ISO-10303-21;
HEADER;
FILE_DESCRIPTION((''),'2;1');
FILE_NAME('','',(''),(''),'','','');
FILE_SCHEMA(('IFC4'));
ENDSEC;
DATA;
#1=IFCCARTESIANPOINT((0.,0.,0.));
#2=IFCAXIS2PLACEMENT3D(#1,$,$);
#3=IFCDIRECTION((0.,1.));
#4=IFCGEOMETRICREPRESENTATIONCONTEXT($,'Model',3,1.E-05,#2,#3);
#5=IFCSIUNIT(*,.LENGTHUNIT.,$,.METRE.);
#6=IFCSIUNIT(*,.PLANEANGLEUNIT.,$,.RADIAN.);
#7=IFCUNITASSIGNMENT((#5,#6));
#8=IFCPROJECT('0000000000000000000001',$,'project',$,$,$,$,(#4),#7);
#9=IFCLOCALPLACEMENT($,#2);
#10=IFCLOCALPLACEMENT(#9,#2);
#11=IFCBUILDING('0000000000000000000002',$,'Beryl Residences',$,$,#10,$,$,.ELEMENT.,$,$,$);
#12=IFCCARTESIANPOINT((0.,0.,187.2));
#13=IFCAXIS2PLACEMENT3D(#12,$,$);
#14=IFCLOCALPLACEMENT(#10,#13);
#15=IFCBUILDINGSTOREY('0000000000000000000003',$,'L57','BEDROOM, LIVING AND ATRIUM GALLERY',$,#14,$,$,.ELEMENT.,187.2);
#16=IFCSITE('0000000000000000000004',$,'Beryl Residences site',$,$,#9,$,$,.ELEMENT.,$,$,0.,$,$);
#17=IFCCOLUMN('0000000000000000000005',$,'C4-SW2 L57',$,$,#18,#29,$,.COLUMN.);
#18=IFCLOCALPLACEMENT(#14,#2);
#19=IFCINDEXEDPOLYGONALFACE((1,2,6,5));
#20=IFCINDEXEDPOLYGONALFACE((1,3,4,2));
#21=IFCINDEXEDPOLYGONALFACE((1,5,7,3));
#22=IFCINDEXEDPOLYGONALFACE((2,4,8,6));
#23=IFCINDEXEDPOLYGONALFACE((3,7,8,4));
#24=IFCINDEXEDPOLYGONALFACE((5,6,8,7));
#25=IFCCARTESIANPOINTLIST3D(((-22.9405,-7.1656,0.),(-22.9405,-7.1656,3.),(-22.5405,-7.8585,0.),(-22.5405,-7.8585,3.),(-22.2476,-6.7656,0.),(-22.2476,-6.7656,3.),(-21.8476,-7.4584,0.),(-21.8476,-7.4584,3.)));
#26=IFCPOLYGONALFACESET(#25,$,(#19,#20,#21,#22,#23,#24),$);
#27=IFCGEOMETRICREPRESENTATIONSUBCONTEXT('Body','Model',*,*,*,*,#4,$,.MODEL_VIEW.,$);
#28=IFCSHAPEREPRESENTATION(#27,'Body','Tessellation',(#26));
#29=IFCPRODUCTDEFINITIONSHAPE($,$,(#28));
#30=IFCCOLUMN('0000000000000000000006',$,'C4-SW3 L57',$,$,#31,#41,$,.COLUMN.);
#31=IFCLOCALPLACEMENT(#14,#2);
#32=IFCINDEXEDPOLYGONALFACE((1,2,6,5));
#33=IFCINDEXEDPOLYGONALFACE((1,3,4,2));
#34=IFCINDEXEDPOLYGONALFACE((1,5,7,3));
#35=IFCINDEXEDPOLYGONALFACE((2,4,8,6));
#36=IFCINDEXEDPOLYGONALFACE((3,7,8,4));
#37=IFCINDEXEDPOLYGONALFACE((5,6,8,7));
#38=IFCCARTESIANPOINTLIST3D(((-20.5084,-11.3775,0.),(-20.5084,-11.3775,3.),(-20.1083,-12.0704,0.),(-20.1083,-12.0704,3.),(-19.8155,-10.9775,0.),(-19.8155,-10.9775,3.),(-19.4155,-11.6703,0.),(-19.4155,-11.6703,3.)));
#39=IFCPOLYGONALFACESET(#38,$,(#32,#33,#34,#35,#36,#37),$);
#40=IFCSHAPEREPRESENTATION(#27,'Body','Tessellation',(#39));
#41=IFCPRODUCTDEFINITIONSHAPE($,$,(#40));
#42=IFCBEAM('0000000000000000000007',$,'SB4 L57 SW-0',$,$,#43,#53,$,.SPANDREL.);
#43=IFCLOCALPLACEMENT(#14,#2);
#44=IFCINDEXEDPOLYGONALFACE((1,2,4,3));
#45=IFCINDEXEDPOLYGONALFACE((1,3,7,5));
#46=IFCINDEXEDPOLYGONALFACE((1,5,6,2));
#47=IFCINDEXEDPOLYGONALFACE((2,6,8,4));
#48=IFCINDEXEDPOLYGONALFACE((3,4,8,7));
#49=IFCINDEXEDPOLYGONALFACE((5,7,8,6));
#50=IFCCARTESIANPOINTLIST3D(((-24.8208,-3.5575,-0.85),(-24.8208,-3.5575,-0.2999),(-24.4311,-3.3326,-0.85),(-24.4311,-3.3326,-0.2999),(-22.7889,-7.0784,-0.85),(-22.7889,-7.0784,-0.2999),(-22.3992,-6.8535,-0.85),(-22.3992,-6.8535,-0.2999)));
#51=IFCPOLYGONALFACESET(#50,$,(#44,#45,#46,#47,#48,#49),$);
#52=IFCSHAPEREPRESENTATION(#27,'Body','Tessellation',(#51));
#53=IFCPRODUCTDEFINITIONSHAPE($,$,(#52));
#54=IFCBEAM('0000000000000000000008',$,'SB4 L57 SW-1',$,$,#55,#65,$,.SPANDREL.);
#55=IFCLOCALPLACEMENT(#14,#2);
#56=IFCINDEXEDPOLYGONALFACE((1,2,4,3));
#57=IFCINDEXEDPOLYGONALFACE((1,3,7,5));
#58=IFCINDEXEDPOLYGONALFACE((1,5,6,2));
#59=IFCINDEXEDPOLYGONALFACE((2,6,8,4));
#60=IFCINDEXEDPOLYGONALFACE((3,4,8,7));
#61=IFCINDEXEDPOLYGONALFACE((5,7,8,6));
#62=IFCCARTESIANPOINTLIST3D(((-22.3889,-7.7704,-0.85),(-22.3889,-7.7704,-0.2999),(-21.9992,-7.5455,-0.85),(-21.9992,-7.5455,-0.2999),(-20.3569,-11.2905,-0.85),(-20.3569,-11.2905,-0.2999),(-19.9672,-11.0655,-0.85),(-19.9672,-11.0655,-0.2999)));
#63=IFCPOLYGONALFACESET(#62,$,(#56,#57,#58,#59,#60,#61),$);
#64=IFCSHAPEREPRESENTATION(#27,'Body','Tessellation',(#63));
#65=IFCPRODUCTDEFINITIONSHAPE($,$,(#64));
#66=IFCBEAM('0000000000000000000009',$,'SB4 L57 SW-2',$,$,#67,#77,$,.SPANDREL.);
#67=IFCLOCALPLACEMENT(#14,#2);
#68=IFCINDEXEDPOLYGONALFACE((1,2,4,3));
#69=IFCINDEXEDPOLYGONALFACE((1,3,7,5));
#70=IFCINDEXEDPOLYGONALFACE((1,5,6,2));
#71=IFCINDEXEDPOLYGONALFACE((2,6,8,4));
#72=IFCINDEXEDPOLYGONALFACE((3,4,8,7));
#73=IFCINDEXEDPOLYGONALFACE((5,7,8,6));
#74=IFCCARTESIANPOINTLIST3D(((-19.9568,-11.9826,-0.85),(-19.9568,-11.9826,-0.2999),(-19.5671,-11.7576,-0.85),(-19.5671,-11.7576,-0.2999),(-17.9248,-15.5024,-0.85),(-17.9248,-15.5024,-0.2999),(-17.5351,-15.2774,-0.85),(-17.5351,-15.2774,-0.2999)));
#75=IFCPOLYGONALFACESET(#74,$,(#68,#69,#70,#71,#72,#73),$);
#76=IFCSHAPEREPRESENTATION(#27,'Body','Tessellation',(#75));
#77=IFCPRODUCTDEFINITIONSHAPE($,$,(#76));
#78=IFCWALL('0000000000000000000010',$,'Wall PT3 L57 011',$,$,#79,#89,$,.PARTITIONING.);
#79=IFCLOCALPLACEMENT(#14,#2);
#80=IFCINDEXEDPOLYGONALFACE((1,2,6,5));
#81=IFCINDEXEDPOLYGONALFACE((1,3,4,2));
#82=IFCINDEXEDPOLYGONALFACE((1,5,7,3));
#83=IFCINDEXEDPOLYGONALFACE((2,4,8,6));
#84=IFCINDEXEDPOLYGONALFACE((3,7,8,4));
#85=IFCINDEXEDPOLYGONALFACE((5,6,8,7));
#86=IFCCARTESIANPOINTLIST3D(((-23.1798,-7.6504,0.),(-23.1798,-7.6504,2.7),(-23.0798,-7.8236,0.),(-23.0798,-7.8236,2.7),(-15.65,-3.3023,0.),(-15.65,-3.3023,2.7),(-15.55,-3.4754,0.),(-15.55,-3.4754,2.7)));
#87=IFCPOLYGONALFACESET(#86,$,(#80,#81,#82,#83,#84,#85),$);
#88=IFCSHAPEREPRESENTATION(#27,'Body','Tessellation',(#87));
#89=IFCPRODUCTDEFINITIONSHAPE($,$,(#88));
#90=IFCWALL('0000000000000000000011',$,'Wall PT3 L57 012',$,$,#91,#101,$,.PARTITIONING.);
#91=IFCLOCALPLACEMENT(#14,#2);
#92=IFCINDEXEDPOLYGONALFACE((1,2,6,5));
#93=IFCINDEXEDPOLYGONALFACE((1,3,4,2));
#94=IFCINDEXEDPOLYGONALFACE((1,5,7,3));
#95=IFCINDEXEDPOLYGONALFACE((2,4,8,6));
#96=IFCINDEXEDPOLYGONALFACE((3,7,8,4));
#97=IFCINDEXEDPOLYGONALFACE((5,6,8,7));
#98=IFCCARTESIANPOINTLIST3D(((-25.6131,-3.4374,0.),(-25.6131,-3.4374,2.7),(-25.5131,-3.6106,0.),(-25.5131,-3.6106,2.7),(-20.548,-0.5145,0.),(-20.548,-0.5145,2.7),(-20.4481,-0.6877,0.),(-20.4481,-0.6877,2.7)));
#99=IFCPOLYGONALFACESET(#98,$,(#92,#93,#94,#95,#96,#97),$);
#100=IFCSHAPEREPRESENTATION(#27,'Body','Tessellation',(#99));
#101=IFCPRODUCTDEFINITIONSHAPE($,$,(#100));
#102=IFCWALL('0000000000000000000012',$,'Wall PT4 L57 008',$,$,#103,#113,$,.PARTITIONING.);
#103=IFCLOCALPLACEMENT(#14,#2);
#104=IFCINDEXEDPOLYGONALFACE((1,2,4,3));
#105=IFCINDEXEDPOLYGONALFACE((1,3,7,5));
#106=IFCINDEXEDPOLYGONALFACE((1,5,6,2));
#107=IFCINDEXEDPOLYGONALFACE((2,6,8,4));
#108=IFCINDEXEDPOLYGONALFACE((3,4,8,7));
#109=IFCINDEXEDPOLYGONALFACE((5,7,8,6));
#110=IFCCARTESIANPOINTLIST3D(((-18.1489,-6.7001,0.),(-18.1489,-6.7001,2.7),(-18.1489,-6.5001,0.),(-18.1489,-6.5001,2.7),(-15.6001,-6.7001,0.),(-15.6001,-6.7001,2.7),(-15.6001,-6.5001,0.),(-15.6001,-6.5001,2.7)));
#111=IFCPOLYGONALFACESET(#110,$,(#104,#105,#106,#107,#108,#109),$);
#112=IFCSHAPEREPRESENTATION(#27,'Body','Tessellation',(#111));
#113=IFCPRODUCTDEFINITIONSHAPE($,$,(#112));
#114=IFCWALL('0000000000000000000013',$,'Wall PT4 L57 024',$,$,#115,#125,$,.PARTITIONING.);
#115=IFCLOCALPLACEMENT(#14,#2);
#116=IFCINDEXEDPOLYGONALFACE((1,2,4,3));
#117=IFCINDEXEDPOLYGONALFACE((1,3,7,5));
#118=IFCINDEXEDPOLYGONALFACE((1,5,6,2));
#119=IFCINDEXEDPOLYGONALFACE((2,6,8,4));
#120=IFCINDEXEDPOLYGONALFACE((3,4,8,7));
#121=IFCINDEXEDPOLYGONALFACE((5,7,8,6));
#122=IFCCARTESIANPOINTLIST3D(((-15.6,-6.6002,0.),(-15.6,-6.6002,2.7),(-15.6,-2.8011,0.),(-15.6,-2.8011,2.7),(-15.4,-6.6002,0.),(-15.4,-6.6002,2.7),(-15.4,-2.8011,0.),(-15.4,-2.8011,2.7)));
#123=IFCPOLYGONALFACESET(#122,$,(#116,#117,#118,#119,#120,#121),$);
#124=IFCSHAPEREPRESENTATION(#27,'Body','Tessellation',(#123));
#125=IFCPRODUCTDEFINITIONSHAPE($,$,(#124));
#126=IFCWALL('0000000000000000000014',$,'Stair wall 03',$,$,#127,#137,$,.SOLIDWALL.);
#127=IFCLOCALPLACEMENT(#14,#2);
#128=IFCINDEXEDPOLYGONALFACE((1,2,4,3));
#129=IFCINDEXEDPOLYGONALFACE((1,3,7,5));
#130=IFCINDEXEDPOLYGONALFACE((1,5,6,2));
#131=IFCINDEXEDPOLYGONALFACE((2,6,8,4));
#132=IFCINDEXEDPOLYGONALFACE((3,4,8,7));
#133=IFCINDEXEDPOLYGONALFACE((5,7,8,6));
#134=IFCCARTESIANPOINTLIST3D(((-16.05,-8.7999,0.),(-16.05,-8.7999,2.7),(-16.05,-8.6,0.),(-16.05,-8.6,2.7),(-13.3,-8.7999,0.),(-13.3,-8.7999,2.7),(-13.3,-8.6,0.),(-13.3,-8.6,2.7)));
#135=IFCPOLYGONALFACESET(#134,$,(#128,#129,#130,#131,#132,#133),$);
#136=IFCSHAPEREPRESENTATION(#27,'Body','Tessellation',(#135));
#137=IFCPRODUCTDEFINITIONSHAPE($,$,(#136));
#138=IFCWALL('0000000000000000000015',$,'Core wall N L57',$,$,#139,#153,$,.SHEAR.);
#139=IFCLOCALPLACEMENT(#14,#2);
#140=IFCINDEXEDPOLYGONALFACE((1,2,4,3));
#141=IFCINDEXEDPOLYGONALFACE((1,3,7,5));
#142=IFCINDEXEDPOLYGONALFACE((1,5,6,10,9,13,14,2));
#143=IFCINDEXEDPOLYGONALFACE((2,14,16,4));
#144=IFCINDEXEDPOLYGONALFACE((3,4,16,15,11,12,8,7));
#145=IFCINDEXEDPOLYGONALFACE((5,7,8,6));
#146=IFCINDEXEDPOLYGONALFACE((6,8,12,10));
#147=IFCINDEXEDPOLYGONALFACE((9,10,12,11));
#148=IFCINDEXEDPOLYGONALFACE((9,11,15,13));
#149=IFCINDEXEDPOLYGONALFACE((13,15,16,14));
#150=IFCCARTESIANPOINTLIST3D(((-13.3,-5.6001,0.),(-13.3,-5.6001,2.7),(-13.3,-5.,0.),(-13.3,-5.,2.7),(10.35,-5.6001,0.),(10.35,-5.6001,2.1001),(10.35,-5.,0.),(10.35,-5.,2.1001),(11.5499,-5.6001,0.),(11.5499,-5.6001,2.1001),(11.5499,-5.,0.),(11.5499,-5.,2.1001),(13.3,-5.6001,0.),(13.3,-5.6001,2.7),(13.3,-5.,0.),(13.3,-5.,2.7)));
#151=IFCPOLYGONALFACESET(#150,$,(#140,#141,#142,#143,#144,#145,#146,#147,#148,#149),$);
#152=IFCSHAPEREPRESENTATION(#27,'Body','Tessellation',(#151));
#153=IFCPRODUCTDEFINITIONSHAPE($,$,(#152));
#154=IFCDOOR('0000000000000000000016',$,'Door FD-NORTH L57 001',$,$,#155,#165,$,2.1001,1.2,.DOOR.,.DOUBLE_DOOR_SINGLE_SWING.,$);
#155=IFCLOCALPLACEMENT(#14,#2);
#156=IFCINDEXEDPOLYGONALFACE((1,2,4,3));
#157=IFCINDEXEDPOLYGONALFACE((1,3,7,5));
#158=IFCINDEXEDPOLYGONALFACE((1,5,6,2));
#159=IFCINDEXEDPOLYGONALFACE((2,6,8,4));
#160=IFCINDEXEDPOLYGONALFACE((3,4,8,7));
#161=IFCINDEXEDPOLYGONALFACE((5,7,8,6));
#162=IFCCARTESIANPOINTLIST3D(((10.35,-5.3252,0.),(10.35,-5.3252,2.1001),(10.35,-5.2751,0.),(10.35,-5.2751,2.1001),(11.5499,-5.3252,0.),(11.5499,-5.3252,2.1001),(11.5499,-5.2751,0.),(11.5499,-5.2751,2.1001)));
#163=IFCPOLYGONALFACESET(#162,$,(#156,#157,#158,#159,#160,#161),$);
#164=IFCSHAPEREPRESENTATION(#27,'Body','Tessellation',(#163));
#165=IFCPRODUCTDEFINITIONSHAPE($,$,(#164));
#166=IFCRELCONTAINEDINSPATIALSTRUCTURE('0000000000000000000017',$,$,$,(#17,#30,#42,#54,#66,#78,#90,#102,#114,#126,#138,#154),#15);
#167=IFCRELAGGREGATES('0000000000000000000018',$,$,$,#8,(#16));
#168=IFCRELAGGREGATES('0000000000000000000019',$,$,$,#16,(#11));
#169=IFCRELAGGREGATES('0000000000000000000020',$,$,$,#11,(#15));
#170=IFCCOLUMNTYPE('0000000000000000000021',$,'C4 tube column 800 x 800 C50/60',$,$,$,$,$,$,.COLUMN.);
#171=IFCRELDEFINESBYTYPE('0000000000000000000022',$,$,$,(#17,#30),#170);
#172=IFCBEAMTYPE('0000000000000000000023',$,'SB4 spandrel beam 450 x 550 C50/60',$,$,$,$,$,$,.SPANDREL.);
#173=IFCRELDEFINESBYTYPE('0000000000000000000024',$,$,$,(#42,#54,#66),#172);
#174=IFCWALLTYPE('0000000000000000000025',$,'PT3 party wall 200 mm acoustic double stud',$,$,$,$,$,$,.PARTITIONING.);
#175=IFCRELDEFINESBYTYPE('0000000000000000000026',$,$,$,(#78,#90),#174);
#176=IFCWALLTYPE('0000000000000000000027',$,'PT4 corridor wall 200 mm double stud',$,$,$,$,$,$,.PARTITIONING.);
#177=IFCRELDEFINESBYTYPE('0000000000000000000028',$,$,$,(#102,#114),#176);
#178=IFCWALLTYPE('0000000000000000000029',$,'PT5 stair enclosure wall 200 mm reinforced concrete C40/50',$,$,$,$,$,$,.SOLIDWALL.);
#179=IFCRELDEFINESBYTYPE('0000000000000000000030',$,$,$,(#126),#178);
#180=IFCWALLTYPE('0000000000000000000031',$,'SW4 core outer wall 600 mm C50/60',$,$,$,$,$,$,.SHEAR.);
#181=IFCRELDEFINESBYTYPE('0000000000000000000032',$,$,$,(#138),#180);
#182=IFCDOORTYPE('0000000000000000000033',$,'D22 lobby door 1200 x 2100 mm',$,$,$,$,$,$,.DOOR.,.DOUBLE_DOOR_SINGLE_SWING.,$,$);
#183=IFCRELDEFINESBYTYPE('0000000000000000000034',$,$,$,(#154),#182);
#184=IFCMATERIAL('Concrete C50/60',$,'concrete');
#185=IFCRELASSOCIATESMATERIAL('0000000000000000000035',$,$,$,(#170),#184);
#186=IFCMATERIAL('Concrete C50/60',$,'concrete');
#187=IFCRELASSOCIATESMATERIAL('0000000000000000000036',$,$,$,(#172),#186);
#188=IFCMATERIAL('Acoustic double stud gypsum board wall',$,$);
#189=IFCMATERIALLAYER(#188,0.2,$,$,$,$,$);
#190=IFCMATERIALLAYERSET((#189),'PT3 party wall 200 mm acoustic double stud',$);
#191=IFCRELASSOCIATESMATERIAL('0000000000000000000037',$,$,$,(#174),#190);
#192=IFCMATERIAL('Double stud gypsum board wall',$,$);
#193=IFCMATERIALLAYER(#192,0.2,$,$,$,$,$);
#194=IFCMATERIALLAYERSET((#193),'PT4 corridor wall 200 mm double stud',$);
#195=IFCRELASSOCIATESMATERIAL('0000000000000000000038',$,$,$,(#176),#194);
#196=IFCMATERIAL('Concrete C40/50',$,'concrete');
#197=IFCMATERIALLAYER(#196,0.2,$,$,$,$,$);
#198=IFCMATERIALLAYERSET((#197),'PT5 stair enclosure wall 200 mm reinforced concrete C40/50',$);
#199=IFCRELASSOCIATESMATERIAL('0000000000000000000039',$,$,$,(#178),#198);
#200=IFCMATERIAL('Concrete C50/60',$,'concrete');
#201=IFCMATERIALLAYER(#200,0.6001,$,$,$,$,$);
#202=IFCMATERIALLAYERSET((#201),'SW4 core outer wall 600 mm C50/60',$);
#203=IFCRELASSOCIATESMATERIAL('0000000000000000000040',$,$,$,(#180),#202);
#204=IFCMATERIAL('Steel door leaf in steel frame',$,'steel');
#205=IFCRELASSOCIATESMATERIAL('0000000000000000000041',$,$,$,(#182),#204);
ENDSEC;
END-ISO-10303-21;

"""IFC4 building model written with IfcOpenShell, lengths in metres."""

from ifc_helpers import new_model, si_unit, direction, frame, frame_2d, origin, origin_2d, place, context, subcontext, project, spatial, rectangle, extrude, material, layer, layer_set, material_profile, profile_set, type_object, element, fill, save


model = new_model("IFC4")

# Units and contexts
model_context = context("Model", 3, precision=1e-05, world=origin(), true_north=direction((0.0, 1.0)))
body_context = subcontext(model_context, "Body", "Model", "MODEL_VIEW")
ifc_project = project(units=[si_unit("LENGTHUNIT", "METRE"), si_unit("PLANEANGLEUNIT", "RADIAN")], contexts=[model_context])

# Site, building, storey
site_placement = place(None, origin())
site = spatial("IfcSite", under=ifc_project, at=site_placement, Name="Beryl Residences site", CompositionType="ELEMENT", RefElevation=0.0)
building_placement = place(site_placement, origin())
building = spatial("IfcBuilding", under=site, at=building_placement, Name="Beryl Residences", CompositionType="ELEMENT")
storey_placement = place(building_placement, frame((0.0, 0.0, 187.2)))
storey = spatial("IfcBuildingStorey", under=building, at=storey_placement, Name="L57", Description="BEDROOM, LIVING AND ATRIUM GALLERY", CompositionType="ELEMENT", Elevation=187.2)

# Columns
ifc_material_1 = material(Name="Concrete C50/60", Category="concrete")
ifc_material_profile_1 = material_profile(ifc_material_1, rectangle(XDim=0.8, YDim=0.8, at=origin_2d()))
ifc_profile_set_1 = profile_set([ifc_material_profile_1], Name="Concrete C50/60")
column_type = type_object("IfcColumnType", Name="C4 tube column 800 x 800 C50/60", PredefinedType="COLUMN", material=ifc_profile_set_1)
for number, where, z_axis, x_axis, name in (
    (1, (-22.394, -7.312, 0.0), (0.0, 0.0, 1.0), (0.5, -0.866025, 0.0), "C4-SW2 L57"),
    (2, (-19.9619, -11.5239, 0.0), (0.0, 0.0, 1.0), (0.5, -0.866025, 0.0), "C4-SW3 L57"),
):
    element("IfcColumn", number, at=place(storey_placement, frame(where, z_axis=z_axis, x_axis=x_axis)), inside=storey, type_object=column_type, Name=name, PredefinedType="COLUMN", context=body_context, shape_type="SweptSolid", body=[
        extrude(rectangle(XDim=0.8, YDim=0.8, at=origin_2d()), origin(), (0.0, 0.0, 1.0), 3.0),
    ])

# Beams
ifc_material_2 = material(Name="Concrete C50/60", Category="concrete")
ifc_material_profile_2 = material_profile(ifc_material_2, rectangle(XDim=0.45, YDim=0.55, at=origin_2d()))
ifc_profile_set_2 = profile_set([ifc_material_profile_2], Name="Concrete C50/60")
beam_type = type_object("IfcBeamType", Name="SB4 spandrel beam 450 x 550 C50/60", PredefinedType="SPANDREL", material=ifc_profile_set_2)
beam_1_placement = place(storey_placement, frame((-24.626, -3.4451, -0.575), z_axis=(0.49984, -0.866118, 0.0), x_axis=(0.866118, 0.49984, 0.0)))
element("IfcBeam", 3, at=beam_1_placement, inside=storey, type_object=beam_type, Name="SB4 L57 SW-0", PredefinedType="SPANDREL", context=body_context, shape_type="SweptSolid", body=[
    extrude(rectangle(XDim=0.45, YDim=0.55, at=origin_2d()), origin(), (0.0, 0.0, 1.0), 4.0652),
])
beam_2_placement = place(storey_placement, frame((-22.1941, -7.658, -0.575), z_axis=(0.499944, -0.866058, 0.0), x_axis=(0.866058, 0.499944, 0.0)))
element("IfcBeam", 4, at=beam_2_placement, inside=storey, type_object=beam_type, Name="SB4 L57 SW-1", PredefinedType="SPANDREL", context=body_context, shape_type="SweptSolid", body=[
    extrude(rectangle(XDim=0.45, YDim=0.55, at=origin_2d()), origin(), (0.0, 0.0, 1.0), 4.0645),
])
beam_3_placement = place(storey_placement, frame((-19.762, -11.8701, -0.575), z_axis=(0.49997, -0.866043, 0.0), x_axis=(0.866043, 0.49997, 0.0)))
element("IfcBeam", 5, at=beam_3_placement, inside=storey, type_object=beam_type, Name="SB4 L57 SW-2", PredefinedType="SPANDREL", context=body_context, shape_type="SweptSolid", body=[
    extrude(rectangle(XDim=0.45, YDim=0.55, at=origin_2d()), origin(), (0.0, 0.0, 1.0), 4.0642),
])

# Walls
ifc_material_3 = material(Name="Acoustic double stud gypsum board wall")
ifc_layer_1 = layer(ifc_material_3, 0.2)
ifc_layer_set_1 = layer_set([ifc_layer_1], Name="PT3 party wall 200 mm acoustic double stud")
wall_type_1 = type_object("IfcWallType", Name="PT3 party wall 200 mm acoustic double stud", PredefinedType="PARTITIONING", material=ifc_layer_set_1)
wall_1_placement = place(storey_placement, frame((-23.1299, -7.7371, 0.0), z_axis=(0.0, 0.0, 1.0), x_axis=(0.865985, 0.500071, 0.0)))
element("IfcWall", 6, at=wall_1_placement, inside=storey, type_object=wall_type_1, Name="Wall PT3 L57 011", PredefinedType="PARTITIONING", context=body_context, shape_type="SweptSolid", body=[
    extrude(rectangle(XDim=8.6951, YDim=0.2, at=frame_2d((4.3477, 0.0))), origin(), (0.0, 0.0, 1.0), 2.7),
])
wall_2_placement = place(storey_placement, frame((-25.563, -3.5239, 0.0), z_axis=(0.0, 0.0, 1.0), x_axis=(0.866129, 0.499821, 0.0)))
element("IfcWall", 7, at=wall_2_placement, inside=storey, type_object=wall_type_1, Name="Wall PT3 L57 012", PredefinedType="PARTITIONING", context=body_context, shape_type="SweptSolid", body=[
    extrude(rectangle(XDim=5.8479, YDim=0.2, at=frame_2d((2.9238, 0.0))), origin(), (0.0, 0.0, 1.0), 2.7),
])
ifc_material_4 = material(Name="Double stud gypsum board wall")
ifc_layer_2 = layer(ifc_material_4, 0.2)
ifc_layer_set_2 = layer_set([ifc_layer_2], Name="PT4 corridor wall 200 mm double stud")
wall_type_2 = type_object("IfcWallType", Name="PT4 corridor wall 200 mm double stud", PredefinedType="PARTITIONING", material=ifc_layer_set_2)
wall_3_placement = place(storey_placement, frame((-18.1489, -6.6001, 0.0), z_axis=(0.0, 0.0, 1.0), x_axis=(1.0, 0.0, 0.0)))
element("IfcWall", 8, at=wall_3_placement, inside=storey, type_object=wall_type_2, Name="Wall PT4 L57 008", PredefinedType="PARTITIONING", context=body_context, shape_type="SweptSolid", body=[
    extrude(rectangle(XDim=2.5488, YDim=0.2, at=frame_2d((1.2744, 0.0))), origin(), (0.0, 0.0, 1.0), 2.7),
])
wall_4_placement = place(storey_placement, frame((-15.5, -6.6001, 0.0), z_axis=(0.0, 0.0, 1.0), x_axis=(0.0, 1.0, 0.0)))
element("IfcWall", 9, at=wall_4_placement, inside=storey, type_object=wall_type_2, Name="Wall PT4 L57 024", PredefinedType="PARTITIONING", context=body_context, shape_type="SweptSolid", body=[
    extrude(rectangle(XDim=3.7991, YDim=0.2, at=frame_2d((1.8994, 0.0))), origin(), (0.0, 0.0, 1.0), 2.7),
])
ifc_material_5 = material(Name="Concrete C40/50", Category="concrete")
ifc_layer_3 = layer(ifc_material_5, 0.2)
ifc_layer_set_3 = layer_set([ifc_layer_3], Name="PT5 stair enclosure wall 200 mm reinforced concrete C40/50")
wall_type_3 = type_object("IfcWallType", Name="PT5 stair enclosure wall 200 mm reinforced concrete C40/50", PredefinedType="SOLIDWALL", material=ifc_layer_set_3)
wall_5_placement = place(storey_placement, frame((-16.05, -8.7, 0.0), z_axis=(0.0, 0.0, 1.0), x_axis=(1.0, 0.0, 0.0)))
element("IfcWall", 10, at=wall_5_placement, inside=storey, type_object=wall_type_3, Name="Stair wall 03", PredefinedType="SOLIDWALL", context=body_context, shape_type="SweptSolid", body=[
    extrude(rectangle(XDim=2.75, YDim=0.2, at=frame_2d((1.375, 0.0))), origin(), (0.0, 0.0, 1.0), 2.7),
])

# Wall, opening, door
ifc_material_6 = material(Name="Concrete C50/60", Category="concrete")
ifc_layer_4 = layer(ifc_material_6, 0.6001)
ifc_layer_set_4 = layer_set([ifc_layer_4], Name="SW4 core outer wall 600 mm C50/60")
wall_type_4 = type_object("IfcWallType", Name="SW4 core outer wall 600 mm C50/60", PredefinedType="SHEAR", material=ifc_layer_set_4)
wall_6_placement = place(storey_placement, frame((-13.3, -5.3, 0.0), z_axis=(0.0, 0.0, 1.0), x_axis=(1.0, 0.0, 0.0)))
wall_6 = element("IfcWall", 11, at=wall_6_placement, inside=storey, type_object=wall_type_4, Name="Core wall N L57", PredefinedType="SHEAR", context=body_context, shape_type="SweptSolid", body=[
    extrude(rectangle(XDim=26.6001, YDim=0.6001, at=frame_2d((13.3, 0.0))), origin(), (0.0, 0.0, 1.0), 2.7),
])
opening_placement = place(wall_6_placement, frame((23.6499, 0.0, 0.0)))
opening = element("IfcOpeningElement", 12, at=opening_placement, cuts=wall_6, PredefinedType="OPENING", context=body_context, shape_type="SweptSolid", body=[
    extrude(rectangle(XDim=1.2, YDim=2.1001, at=frame_2d((0.6001, 1.05))), frame((0.0, 0.3101, 0.0), z_axis=(0.0, -1.0, 0.0), x_axis=(1.0, 0.0, 0.0)), (0.0, 0.0, 1.0), 0.6201),
])
ifc_material_7 = material(Name="Steel door leaf in steel frame", Category="steel")
door_type = type_object("IfcDoorType", Name="D22 lobby door 1200 x 2100 mm", OperationType="DOUBLE_DOOR_SINGLE_SWING", PredefinedType="DOOR", material=ifc_material_7)
door_placement = place(opening_placement, origin())
door = element("IfcDoor", 13, at=door_placement, inside=storey, type_object=door_type, Name="Door FD-NORTH L57 001", OperationType="DOUBLE_DOOR_SINGLE_SWING", OverallHeight=2.1001, OverallWidth=1.2, PredefinedType="DOOR", context=body_context, shape_type="SweptSolid", body=[
    extrude(rectangle(XDim=1.2, YDim=2.1001, at=frame_2d((0.6001, 1.05))), frame((0.0, 0.0249, 0.0), z_axis=(0.0, -1.0, 0.0), x_axis=(1.0, 0.0, 0.0)), (0.0, 0.0, 1.0), 0.05),
])
fill(opening, door)

save(model, "model.ifc")
